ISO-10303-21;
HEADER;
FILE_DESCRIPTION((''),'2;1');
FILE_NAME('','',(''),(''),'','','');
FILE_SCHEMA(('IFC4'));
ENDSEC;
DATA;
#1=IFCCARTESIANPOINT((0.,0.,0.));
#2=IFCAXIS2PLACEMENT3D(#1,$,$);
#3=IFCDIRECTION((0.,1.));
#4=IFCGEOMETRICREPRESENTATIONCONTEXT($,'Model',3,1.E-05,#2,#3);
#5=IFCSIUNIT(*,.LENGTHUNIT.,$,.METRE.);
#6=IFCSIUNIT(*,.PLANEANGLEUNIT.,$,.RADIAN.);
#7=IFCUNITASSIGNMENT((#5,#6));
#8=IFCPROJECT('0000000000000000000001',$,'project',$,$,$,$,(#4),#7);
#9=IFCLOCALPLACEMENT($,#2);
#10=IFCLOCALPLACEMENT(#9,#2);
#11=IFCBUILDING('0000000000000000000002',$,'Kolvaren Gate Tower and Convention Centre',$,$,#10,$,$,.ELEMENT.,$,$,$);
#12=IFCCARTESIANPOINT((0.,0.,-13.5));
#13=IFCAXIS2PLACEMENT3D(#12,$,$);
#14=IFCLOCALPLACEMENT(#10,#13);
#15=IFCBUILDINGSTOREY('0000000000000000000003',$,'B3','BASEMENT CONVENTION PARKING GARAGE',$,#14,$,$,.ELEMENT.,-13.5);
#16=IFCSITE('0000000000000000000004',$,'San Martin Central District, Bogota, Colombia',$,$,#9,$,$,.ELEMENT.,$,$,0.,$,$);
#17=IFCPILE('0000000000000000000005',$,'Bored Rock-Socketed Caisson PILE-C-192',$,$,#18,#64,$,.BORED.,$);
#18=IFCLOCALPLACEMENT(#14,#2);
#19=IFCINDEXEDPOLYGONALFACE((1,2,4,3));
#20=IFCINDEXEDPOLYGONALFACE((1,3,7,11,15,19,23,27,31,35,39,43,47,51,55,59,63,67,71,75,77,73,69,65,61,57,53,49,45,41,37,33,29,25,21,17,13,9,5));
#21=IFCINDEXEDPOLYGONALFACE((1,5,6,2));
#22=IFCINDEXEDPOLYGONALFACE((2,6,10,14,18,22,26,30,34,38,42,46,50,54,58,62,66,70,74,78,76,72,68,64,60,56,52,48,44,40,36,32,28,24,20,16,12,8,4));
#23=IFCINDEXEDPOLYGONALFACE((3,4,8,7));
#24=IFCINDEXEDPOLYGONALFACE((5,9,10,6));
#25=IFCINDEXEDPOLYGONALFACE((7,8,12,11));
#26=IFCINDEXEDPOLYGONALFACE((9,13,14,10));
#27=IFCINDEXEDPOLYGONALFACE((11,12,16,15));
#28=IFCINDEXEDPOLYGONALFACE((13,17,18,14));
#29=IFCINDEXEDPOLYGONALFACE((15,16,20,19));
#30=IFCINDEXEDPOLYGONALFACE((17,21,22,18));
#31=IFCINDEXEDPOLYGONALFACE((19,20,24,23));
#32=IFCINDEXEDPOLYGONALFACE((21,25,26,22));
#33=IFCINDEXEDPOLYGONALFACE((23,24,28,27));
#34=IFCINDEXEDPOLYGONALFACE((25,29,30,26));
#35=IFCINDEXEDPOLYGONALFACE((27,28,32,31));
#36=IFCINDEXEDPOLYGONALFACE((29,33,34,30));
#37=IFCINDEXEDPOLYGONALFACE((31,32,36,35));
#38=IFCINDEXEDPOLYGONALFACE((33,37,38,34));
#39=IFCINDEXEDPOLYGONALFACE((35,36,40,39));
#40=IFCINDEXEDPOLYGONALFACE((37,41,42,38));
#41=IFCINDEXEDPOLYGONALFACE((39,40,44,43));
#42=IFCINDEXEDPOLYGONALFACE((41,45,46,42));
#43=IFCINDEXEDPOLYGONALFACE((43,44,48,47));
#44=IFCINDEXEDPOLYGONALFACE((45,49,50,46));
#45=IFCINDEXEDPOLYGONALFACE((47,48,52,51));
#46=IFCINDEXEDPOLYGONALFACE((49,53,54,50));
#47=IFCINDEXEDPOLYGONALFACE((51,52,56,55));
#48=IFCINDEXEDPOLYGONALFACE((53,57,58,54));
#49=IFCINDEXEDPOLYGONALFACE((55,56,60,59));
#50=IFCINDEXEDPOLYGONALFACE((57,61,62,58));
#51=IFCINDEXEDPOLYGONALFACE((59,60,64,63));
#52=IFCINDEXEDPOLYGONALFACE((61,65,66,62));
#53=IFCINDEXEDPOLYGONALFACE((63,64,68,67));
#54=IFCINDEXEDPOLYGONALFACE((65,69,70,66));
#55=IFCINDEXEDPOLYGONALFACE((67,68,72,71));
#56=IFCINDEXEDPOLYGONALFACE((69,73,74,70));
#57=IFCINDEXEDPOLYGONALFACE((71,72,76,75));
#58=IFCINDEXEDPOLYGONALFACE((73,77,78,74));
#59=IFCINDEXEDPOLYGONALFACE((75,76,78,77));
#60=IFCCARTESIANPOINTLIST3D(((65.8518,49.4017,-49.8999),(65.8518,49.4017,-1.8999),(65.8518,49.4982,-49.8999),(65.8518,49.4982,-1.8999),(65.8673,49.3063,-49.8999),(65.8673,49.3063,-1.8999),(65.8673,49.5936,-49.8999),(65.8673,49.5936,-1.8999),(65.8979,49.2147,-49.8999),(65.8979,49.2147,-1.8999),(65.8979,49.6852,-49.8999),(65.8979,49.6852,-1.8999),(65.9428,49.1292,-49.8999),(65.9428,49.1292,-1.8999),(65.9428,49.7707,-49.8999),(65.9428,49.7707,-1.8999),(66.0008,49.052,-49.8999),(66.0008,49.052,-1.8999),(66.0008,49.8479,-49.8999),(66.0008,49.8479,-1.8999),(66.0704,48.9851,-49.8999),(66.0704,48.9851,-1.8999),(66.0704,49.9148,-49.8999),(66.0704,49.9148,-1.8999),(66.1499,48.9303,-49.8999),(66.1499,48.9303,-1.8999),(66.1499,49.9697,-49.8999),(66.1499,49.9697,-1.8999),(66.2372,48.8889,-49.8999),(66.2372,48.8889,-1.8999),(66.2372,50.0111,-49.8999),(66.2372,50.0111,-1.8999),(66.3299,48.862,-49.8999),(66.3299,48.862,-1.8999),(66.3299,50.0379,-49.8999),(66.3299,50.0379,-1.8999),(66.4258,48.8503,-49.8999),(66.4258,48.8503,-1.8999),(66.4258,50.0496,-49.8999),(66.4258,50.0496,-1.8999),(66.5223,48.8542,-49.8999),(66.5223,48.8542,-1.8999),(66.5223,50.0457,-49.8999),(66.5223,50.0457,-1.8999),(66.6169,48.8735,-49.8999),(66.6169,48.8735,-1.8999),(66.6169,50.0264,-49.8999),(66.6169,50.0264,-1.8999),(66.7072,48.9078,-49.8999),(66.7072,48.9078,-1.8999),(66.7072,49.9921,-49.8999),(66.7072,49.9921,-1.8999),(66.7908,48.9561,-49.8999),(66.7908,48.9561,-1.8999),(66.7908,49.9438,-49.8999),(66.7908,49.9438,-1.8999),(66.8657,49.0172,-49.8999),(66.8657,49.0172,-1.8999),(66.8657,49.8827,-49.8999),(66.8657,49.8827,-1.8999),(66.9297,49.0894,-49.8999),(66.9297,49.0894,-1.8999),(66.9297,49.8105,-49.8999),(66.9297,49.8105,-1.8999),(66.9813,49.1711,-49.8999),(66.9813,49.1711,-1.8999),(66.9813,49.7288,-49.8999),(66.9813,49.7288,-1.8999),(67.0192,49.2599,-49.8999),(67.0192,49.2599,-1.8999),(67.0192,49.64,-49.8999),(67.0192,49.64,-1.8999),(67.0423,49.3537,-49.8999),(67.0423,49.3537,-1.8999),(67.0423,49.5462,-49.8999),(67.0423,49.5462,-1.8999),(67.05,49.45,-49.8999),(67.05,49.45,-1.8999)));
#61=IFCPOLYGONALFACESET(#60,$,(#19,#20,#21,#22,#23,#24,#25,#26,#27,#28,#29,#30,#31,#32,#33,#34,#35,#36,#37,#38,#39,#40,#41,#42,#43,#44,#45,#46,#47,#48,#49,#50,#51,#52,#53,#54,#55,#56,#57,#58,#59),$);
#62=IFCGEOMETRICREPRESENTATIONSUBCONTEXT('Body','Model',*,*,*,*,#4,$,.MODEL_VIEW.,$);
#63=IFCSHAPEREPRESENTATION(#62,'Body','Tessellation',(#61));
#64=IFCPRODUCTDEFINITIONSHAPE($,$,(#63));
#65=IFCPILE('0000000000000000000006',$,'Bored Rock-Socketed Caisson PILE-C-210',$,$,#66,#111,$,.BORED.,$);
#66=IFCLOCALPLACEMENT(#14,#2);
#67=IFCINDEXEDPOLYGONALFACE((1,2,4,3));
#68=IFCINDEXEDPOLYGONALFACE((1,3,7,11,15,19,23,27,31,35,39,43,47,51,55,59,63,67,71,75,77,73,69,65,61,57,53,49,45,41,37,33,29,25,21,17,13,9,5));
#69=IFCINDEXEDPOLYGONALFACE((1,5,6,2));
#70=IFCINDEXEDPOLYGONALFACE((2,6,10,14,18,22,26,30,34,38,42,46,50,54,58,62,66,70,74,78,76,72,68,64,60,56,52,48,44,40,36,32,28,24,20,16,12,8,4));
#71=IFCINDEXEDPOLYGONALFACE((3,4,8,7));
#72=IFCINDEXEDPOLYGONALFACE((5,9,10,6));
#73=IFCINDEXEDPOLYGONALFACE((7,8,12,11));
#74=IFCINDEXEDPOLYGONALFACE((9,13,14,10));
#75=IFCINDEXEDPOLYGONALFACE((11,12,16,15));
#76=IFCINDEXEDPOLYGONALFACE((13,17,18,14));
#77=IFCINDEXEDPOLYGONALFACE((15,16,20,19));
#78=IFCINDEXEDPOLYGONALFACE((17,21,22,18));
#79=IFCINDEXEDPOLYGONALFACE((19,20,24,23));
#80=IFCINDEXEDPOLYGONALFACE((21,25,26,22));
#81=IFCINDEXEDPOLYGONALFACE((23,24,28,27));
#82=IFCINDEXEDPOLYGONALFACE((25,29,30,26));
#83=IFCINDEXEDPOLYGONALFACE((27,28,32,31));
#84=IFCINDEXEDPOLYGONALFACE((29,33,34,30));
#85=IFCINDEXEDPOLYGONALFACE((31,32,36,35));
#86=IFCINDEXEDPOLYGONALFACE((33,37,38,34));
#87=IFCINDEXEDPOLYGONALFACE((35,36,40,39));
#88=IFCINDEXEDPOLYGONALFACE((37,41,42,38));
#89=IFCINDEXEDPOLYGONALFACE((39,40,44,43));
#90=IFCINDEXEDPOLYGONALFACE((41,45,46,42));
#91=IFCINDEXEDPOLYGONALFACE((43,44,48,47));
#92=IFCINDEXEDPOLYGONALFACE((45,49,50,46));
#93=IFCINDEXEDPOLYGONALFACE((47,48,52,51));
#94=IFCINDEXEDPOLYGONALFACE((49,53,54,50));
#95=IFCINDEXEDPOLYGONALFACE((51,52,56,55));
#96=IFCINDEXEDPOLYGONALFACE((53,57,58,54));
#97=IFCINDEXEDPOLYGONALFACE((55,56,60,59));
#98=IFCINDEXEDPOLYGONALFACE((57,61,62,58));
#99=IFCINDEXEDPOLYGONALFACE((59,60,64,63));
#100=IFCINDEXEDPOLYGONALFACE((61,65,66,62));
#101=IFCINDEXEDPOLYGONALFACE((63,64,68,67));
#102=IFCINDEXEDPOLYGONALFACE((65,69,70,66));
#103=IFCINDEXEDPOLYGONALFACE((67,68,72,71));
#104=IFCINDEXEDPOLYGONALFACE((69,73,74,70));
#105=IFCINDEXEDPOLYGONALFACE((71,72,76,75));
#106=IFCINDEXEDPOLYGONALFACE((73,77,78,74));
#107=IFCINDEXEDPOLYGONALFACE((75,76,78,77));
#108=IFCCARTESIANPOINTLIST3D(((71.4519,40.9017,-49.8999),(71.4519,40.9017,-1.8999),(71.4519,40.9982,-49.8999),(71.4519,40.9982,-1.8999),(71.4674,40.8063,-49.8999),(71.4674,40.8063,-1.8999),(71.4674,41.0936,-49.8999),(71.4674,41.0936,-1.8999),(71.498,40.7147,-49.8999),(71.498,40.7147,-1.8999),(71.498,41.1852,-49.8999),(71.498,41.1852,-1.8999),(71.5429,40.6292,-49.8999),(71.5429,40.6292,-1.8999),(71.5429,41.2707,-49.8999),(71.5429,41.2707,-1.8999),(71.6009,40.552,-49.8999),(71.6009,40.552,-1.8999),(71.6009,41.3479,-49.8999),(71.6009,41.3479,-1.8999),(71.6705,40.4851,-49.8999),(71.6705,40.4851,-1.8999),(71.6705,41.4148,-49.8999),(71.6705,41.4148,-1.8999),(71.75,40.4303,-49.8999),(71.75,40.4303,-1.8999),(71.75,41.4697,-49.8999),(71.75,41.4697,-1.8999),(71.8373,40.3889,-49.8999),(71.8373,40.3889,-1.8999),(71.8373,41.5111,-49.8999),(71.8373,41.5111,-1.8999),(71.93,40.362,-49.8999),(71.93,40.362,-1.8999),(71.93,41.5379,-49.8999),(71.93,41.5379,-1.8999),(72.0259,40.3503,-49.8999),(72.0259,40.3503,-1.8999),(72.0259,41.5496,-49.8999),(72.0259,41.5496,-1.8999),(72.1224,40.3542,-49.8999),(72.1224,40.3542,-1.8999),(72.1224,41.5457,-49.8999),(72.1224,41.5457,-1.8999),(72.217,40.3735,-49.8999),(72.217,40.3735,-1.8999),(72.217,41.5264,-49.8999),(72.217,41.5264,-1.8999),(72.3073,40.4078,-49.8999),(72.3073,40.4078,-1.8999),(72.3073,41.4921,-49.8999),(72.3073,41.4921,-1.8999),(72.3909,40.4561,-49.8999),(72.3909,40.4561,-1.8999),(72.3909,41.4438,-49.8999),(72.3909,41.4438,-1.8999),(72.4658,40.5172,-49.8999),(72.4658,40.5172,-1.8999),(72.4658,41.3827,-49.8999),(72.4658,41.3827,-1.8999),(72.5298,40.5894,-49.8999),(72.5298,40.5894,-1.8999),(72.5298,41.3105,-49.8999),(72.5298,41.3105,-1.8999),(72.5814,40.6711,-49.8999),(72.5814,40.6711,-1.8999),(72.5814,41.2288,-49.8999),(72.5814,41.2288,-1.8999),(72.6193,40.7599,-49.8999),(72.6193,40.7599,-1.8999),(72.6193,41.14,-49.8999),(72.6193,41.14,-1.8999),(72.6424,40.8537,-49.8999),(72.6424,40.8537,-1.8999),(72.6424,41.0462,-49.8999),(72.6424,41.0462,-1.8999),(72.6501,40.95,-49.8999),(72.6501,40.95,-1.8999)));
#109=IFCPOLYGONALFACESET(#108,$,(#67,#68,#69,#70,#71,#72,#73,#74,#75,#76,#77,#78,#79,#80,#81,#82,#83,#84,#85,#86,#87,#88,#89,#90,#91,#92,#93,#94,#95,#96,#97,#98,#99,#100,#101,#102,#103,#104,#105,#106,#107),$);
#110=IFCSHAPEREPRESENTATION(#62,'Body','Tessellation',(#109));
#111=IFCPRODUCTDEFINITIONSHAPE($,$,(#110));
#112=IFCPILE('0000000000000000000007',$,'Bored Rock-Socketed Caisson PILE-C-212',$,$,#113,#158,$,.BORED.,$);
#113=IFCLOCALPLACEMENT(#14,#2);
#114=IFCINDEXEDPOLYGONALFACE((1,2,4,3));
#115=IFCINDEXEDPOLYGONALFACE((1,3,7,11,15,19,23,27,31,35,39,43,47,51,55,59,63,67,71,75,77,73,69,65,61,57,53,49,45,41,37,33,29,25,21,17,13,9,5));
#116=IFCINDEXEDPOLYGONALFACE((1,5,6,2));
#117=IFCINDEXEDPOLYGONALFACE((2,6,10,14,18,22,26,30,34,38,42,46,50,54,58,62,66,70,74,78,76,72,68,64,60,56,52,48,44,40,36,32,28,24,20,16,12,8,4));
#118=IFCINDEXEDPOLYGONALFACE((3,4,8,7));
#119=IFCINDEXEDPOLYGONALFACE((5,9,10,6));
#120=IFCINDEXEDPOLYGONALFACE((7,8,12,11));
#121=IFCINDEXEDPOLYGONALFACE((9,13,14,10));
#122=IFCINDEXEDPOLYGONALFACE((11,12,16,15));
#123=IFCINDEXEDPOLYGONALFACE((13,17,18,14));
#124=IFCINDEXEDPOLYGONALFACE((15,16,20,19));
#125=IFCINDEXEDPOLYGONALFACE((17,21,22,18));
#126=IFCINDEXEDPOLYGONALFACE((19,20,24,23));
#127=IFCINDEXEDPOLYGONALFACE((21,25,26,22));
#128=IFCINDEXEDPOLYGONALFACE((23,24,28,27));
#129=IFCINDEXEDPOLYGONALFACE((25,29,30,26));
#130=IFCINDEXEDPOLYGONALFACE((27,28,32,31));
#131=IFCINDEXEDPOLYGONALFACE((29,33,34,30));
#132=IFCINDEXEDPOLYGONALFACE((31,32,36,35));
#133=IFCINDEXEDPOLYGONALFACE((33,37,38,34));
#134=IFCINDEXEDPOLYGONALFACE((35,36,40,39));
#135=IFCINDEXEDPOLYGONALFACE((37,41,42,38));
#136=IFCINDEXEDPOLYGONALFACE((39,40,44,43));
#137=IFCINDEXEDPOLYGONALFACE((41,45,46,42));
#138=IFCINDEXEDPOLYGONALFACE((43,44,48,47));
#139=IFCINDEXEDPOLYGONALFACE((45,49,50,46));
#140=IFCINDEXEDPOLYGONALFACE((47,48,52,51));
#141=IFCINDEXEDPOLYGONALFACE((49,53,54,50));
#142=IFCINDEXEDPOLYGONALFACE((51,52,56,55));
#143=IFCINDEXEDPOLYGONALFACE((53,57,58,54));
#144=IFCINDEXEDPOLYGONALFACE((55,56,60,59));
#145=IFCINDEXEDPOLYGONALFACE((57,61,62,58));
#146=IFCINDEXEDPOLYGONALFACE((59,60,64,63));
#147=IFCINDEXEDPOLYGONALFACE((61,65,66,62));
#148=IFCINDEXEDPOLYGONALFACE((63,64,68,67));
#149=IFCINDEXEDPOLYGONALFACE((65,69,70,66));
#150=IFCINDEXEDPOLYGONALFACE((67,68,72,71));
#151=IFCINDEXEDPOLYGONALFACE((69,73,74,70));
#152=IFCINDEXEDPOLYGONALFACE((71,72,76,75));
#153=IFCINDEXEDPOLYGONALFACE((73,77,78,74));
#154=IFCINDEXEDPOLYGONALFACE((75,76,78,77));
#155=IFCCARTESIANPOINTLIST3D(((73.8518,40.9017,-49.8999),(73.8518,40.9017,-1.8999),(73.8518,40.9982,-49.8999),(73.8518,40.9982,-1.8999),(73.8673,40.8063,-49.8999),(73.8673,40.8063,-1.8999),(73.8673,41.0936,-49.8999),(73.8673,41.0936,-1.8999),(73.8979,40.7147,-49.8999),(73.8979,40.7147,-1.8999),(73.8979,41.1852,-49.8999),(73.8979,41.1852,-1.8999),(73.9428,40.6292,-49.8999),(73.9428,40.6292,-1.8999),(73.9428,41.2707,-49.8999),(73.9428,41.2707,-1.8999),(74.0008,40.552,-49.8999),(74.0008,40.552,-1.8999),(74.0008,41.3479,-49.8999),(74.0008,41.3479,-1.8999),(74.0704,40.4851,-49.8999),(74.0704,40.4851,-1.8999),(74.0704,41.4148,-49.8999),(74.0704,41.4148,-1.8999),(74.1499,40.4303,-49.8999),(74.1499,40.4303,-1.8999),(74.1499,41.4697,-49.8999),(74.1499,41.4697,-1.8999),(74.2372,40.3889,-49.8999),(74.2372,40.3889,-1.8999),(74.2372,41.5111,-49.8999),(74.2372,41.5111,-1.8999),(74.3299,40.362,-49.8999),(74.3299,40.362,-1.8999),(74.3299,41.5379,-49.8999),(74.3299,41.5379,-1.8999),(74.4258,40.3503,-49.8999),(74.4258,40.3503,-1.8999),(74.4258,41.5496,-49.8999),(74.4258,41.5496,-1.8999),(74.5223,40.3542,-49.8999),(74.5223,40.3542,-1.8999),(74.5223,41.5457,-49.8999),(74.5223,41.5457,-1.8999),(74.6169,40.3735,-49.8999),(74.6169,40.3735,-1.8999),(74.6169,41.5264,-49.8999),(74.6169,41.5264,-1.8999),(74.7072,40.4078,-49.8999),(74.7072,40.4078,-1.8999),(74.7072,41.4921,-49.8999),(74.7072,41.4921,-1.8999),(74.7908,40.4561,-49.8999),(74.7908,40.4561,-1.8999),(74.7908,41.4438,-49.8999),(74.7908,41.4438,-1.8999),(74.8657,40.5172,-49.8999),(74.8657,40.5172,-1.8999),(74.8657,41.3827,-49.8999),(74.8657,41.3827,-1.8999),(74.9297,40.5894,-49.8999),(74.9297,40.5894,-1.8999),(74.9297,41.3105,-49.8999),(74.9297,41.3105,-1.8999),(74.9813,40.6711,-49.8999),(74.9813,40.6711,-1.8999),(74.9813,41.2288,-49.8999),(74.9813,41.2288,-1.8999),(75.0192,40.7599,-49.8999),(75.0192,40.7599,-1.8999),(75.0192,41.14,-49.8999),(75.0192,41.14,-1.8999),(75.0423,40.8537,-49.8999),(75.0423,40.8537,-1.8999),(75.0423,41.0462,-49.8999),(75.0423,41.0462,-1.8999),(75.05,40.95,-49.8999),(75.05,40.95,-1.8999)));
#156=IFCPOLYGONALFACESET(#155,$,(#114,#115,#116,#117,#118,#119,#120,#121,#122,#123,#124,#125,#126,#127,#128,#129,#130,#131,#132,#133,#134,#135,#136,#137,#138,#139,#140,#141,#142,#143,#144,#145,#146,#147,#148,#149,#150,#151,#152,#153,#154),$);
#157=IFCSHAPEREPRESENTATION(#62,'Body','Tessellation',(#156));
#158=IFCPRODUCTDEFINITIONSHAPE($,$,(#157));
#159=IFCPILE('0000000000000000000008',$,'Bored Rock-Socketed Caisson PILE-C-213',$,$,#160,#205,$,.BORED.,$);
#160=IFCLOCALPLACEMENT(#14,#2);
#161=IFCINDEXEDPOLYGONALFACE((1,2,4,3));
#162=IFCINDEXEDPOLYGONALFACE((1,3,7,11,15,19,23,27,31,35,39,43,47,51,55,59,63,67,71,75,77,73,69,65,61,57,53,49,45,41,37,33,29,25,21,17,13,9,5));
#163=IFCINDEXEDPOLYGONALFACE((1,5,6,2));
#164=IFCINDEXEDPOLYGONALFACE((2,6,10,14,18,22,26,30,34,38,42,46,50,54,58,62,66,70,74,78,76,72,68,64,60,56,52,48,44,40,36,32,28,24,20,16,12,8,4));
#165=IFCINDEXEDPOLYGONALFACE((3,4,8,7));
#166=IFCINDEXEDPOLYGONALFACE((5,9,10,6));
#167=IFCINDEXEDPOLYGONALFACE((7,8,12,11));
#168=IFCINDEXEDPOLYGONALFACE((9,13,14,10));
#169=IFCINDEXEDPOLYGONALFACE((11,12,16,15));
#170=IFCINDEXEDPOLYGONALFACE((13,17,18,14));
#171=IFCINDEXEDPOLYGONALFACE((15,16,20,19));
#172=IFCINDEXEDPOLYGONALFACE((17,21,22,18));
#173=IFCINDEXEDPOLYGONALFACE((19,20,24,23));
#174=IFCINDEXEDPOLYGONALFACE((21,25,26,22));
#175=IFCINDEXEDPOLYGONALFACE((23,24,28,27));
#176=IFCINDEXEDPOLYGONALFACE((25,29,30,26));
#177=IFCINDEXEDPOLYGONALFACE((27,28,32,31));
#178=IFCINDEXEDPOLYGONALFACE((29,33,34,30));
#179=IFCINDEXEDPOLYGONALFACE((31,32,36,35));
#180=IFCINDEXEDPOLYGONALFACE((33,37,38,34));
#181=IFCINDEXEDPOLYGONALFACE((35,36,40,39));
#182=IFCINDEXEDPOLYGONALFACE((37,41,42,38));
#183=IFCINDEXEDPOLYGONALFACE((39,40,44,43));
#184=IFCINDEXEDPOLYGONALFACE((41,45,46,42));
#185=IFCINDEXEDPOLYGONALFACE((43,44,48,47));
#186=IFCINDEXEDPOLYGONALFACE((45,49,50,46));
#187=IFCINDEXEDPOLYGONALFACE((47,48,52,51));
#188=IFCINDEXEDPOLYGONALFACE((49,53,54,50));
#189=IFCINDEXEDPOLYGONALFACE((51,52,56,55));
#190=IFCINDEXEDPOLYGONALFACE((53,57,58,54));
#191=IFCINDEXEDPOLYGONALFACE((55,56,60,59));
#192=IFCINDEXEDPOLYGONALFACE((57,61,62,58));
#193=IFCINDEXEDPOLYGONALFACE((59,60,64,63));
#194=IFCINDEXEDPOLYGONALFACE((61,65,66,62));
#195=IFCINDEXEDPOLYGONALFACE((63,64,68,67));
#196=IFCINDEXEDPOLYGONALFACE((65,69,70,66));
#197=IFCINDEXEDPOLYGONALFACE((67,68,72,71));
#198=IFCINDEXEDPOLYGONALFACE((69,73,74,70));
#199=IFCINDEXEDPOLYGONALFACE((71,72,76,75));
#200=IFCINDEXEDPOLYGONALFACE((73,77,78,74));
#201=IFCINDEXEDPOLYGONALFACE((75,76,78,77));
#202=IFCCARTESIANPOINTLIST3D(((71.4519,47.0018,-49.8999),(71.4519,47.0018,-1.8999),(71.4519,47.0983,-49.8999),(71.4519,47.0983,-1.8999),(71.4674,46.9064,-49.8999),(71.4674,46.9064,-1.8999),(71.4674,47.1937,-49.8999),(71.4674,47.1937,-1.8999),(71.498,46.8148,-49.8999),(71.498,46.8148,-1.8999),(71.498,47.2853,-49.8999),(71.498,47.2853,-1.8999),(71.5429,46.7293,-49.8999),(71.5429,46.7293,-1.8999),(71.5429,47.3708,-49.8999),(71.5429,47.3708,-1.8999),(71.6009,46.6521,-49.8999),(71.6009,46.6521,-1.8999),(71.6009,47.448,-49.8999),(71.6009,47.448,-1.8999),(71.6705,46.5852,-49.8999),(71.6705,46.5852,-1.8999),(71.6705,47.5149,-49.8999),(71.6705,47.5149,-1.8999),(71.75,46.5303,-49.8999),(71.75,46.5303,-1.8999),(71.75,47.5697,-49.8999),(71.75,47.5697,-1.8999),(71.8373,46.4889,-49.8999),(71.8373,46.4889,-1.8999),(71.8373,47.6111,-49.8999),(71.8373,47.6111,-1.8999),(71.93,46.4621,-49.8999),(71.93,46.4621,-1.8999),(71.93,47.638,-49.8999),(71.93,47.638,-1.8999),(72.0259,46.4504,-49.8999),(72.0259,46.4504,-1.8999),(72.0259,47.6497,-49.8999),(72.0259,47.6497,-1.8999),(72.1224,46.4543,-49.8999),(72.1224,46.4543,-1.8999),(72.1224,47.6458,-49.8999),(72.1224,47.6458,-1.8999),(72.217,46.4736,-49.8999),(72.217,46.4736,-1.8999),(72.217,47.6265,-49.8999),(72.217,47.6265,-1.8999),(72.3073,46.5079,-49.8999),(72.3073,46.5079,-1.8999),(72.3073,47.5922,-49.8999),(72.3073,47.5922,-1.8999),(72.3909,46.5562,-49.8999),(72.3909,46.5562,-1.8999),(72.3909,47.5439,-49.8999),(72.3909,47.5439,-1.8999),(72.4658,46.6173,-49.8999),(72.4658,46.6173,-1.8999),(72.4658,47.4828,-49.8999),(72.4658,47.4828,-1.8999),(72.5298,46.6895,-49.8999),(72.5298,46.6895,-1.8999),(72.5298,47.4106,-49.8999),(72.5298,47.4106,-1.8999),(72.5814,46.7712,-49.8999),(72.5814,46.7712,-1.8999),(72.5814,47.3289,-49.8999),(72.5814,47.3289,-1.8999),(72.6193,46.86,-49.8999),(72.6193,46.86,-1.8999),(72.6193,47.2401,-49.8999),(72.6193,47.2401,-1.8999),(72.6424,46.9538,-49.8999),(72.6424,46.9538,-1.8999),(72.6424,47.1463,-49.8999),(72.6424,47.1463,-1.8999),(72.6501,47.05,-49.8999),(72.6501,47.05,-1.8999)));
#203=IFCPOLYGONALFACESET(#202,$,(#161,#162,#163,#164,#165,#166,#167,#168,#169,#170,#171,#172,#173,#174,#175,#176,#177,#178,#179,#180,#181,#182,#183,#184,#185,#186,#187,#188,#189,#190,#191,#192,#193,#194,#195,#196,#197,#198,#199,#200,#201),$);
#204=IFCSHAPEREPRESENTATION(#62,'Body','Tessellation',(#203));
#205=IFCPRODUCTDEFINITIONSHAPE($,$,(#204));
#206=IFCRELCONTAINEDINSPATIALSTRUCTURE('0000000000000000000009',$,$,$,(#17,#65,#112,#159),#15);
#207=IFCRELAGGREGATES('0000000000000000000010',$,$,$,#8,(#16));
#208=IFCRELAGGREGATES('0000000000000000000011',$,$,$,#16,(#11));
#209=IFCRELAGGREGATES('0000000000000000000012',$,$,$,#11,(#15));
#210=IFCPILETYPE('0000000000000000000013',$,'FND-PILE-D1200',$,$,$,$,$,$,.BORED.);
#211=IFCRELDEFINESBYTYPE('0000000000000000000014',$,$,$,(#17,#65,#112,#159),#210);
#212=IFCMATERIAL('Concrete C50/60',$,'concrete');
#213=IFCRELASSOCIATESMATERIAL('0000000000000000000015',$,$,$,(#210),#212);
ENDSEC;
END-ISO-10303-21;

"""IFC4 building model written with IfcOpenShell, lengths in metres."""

from ifc_helpers import new_model, si_unit, direction, frame, origin, origin_2d, place, context, subcontext, project, spatial, circle, extrude, material, material_profile, profile_set, type_object, element, save


model = new_model("IFC4")

# Units and contexts
model_context = context("Model", 3, precision=1e-05, world=origin(), true_north=direction((0.0, 1.0)))
body_context = subcontext(model_context, "Body", "Model", "MODEL_VIEW")
ifc_project = project(units=[si_unit("LENGTHUNIT", "METRE"), si_unit("PLANEANGLEUNIT", "RADIAN")], contexts=[model_context])

# Site, building, storey
site_placement = place(None, origin())
site = spatial("IfcSite", under=ifc_project, at=site_placement, Name="San Martin Central District, Bogota, Colombia", CompositionType="ELEMENT", RefElevation=0.0)
building_placement = place(site_placement, origin())
building = spatial("IfcBuilding", under=site, at=building_placement, Name="Kolvaren Gate Tower and Convention Centre", CompositionType="ELEMENT")
storey_placement = place(building_placement, frame((0.0, 0.0, -13.5)))
storey = spatial("IfcBuildingStorey", under=building, at=storey_placement, Name="B3", Description="BASEMENT CONVENTION PARKING GARAGE", CompositionType="ELEMENT", Elevation=-13.5)

# Shared definitions
ifc_material_1 = material(Name="Concrete C50/60", Category="concrete")

# Piles
ifc_material_profile_1 = material_profile(ifc_material_1, circle(Radius=0.6001, at=origin_2d()), Name="CAISSON-D1200")
ifc_profile_set_1 = profile_set([ifc_material_profile_1], Name="Concrete C50/60")
pile_type = type_object("IfcPileType", Name="FND-PILE-D1200", PredefinedType="BORED", material=ifc_profile_set_1)
for number, where, z_axis, x_axis, name in (
    (1, (66.45, 49.45, -1.8999), (0.0, 0.0, -1.0), (1.0, 0.0, 0.0), "Bored Rock-Socketed Caisson PILE-C-192"),
    (2, (72.05, 40.95, -1.8999), (0.0, 0.0, -1.0), (1.0, 0.0, 0.0), "Bored Rock-Socketed Caisson PILE-C-210"),
    (3, (74.45, 40.95, -1.8999), (0.0, 0.0, -1.0), (1.0, 0.0, 0.0), "Bored Rock-Socketed Caisson PILE-C-212"),
    (4, (72.05, 47.05, -1.8999), (0.0, 0.0, -1.0), (1.0, 0.0, 0.0), "Bored Rock-Socketed Caisson PILE-C-213"),
):
    element("IfcPile", number, at=place(storey_placement, frame(where, z_axis=z_axis, x_axis=x_axis)), inside=storey, type_object=pile_type, Name=name, PredefinedType="BORED", context=body_context, shape_type="SweptSolid", body=[
        extrude(circle(Radius=0.6001, at=origin_2d()), origin(), (0.0, 0.0, 1.0), 48.0),
    ])

save(model, "model.ifc")
